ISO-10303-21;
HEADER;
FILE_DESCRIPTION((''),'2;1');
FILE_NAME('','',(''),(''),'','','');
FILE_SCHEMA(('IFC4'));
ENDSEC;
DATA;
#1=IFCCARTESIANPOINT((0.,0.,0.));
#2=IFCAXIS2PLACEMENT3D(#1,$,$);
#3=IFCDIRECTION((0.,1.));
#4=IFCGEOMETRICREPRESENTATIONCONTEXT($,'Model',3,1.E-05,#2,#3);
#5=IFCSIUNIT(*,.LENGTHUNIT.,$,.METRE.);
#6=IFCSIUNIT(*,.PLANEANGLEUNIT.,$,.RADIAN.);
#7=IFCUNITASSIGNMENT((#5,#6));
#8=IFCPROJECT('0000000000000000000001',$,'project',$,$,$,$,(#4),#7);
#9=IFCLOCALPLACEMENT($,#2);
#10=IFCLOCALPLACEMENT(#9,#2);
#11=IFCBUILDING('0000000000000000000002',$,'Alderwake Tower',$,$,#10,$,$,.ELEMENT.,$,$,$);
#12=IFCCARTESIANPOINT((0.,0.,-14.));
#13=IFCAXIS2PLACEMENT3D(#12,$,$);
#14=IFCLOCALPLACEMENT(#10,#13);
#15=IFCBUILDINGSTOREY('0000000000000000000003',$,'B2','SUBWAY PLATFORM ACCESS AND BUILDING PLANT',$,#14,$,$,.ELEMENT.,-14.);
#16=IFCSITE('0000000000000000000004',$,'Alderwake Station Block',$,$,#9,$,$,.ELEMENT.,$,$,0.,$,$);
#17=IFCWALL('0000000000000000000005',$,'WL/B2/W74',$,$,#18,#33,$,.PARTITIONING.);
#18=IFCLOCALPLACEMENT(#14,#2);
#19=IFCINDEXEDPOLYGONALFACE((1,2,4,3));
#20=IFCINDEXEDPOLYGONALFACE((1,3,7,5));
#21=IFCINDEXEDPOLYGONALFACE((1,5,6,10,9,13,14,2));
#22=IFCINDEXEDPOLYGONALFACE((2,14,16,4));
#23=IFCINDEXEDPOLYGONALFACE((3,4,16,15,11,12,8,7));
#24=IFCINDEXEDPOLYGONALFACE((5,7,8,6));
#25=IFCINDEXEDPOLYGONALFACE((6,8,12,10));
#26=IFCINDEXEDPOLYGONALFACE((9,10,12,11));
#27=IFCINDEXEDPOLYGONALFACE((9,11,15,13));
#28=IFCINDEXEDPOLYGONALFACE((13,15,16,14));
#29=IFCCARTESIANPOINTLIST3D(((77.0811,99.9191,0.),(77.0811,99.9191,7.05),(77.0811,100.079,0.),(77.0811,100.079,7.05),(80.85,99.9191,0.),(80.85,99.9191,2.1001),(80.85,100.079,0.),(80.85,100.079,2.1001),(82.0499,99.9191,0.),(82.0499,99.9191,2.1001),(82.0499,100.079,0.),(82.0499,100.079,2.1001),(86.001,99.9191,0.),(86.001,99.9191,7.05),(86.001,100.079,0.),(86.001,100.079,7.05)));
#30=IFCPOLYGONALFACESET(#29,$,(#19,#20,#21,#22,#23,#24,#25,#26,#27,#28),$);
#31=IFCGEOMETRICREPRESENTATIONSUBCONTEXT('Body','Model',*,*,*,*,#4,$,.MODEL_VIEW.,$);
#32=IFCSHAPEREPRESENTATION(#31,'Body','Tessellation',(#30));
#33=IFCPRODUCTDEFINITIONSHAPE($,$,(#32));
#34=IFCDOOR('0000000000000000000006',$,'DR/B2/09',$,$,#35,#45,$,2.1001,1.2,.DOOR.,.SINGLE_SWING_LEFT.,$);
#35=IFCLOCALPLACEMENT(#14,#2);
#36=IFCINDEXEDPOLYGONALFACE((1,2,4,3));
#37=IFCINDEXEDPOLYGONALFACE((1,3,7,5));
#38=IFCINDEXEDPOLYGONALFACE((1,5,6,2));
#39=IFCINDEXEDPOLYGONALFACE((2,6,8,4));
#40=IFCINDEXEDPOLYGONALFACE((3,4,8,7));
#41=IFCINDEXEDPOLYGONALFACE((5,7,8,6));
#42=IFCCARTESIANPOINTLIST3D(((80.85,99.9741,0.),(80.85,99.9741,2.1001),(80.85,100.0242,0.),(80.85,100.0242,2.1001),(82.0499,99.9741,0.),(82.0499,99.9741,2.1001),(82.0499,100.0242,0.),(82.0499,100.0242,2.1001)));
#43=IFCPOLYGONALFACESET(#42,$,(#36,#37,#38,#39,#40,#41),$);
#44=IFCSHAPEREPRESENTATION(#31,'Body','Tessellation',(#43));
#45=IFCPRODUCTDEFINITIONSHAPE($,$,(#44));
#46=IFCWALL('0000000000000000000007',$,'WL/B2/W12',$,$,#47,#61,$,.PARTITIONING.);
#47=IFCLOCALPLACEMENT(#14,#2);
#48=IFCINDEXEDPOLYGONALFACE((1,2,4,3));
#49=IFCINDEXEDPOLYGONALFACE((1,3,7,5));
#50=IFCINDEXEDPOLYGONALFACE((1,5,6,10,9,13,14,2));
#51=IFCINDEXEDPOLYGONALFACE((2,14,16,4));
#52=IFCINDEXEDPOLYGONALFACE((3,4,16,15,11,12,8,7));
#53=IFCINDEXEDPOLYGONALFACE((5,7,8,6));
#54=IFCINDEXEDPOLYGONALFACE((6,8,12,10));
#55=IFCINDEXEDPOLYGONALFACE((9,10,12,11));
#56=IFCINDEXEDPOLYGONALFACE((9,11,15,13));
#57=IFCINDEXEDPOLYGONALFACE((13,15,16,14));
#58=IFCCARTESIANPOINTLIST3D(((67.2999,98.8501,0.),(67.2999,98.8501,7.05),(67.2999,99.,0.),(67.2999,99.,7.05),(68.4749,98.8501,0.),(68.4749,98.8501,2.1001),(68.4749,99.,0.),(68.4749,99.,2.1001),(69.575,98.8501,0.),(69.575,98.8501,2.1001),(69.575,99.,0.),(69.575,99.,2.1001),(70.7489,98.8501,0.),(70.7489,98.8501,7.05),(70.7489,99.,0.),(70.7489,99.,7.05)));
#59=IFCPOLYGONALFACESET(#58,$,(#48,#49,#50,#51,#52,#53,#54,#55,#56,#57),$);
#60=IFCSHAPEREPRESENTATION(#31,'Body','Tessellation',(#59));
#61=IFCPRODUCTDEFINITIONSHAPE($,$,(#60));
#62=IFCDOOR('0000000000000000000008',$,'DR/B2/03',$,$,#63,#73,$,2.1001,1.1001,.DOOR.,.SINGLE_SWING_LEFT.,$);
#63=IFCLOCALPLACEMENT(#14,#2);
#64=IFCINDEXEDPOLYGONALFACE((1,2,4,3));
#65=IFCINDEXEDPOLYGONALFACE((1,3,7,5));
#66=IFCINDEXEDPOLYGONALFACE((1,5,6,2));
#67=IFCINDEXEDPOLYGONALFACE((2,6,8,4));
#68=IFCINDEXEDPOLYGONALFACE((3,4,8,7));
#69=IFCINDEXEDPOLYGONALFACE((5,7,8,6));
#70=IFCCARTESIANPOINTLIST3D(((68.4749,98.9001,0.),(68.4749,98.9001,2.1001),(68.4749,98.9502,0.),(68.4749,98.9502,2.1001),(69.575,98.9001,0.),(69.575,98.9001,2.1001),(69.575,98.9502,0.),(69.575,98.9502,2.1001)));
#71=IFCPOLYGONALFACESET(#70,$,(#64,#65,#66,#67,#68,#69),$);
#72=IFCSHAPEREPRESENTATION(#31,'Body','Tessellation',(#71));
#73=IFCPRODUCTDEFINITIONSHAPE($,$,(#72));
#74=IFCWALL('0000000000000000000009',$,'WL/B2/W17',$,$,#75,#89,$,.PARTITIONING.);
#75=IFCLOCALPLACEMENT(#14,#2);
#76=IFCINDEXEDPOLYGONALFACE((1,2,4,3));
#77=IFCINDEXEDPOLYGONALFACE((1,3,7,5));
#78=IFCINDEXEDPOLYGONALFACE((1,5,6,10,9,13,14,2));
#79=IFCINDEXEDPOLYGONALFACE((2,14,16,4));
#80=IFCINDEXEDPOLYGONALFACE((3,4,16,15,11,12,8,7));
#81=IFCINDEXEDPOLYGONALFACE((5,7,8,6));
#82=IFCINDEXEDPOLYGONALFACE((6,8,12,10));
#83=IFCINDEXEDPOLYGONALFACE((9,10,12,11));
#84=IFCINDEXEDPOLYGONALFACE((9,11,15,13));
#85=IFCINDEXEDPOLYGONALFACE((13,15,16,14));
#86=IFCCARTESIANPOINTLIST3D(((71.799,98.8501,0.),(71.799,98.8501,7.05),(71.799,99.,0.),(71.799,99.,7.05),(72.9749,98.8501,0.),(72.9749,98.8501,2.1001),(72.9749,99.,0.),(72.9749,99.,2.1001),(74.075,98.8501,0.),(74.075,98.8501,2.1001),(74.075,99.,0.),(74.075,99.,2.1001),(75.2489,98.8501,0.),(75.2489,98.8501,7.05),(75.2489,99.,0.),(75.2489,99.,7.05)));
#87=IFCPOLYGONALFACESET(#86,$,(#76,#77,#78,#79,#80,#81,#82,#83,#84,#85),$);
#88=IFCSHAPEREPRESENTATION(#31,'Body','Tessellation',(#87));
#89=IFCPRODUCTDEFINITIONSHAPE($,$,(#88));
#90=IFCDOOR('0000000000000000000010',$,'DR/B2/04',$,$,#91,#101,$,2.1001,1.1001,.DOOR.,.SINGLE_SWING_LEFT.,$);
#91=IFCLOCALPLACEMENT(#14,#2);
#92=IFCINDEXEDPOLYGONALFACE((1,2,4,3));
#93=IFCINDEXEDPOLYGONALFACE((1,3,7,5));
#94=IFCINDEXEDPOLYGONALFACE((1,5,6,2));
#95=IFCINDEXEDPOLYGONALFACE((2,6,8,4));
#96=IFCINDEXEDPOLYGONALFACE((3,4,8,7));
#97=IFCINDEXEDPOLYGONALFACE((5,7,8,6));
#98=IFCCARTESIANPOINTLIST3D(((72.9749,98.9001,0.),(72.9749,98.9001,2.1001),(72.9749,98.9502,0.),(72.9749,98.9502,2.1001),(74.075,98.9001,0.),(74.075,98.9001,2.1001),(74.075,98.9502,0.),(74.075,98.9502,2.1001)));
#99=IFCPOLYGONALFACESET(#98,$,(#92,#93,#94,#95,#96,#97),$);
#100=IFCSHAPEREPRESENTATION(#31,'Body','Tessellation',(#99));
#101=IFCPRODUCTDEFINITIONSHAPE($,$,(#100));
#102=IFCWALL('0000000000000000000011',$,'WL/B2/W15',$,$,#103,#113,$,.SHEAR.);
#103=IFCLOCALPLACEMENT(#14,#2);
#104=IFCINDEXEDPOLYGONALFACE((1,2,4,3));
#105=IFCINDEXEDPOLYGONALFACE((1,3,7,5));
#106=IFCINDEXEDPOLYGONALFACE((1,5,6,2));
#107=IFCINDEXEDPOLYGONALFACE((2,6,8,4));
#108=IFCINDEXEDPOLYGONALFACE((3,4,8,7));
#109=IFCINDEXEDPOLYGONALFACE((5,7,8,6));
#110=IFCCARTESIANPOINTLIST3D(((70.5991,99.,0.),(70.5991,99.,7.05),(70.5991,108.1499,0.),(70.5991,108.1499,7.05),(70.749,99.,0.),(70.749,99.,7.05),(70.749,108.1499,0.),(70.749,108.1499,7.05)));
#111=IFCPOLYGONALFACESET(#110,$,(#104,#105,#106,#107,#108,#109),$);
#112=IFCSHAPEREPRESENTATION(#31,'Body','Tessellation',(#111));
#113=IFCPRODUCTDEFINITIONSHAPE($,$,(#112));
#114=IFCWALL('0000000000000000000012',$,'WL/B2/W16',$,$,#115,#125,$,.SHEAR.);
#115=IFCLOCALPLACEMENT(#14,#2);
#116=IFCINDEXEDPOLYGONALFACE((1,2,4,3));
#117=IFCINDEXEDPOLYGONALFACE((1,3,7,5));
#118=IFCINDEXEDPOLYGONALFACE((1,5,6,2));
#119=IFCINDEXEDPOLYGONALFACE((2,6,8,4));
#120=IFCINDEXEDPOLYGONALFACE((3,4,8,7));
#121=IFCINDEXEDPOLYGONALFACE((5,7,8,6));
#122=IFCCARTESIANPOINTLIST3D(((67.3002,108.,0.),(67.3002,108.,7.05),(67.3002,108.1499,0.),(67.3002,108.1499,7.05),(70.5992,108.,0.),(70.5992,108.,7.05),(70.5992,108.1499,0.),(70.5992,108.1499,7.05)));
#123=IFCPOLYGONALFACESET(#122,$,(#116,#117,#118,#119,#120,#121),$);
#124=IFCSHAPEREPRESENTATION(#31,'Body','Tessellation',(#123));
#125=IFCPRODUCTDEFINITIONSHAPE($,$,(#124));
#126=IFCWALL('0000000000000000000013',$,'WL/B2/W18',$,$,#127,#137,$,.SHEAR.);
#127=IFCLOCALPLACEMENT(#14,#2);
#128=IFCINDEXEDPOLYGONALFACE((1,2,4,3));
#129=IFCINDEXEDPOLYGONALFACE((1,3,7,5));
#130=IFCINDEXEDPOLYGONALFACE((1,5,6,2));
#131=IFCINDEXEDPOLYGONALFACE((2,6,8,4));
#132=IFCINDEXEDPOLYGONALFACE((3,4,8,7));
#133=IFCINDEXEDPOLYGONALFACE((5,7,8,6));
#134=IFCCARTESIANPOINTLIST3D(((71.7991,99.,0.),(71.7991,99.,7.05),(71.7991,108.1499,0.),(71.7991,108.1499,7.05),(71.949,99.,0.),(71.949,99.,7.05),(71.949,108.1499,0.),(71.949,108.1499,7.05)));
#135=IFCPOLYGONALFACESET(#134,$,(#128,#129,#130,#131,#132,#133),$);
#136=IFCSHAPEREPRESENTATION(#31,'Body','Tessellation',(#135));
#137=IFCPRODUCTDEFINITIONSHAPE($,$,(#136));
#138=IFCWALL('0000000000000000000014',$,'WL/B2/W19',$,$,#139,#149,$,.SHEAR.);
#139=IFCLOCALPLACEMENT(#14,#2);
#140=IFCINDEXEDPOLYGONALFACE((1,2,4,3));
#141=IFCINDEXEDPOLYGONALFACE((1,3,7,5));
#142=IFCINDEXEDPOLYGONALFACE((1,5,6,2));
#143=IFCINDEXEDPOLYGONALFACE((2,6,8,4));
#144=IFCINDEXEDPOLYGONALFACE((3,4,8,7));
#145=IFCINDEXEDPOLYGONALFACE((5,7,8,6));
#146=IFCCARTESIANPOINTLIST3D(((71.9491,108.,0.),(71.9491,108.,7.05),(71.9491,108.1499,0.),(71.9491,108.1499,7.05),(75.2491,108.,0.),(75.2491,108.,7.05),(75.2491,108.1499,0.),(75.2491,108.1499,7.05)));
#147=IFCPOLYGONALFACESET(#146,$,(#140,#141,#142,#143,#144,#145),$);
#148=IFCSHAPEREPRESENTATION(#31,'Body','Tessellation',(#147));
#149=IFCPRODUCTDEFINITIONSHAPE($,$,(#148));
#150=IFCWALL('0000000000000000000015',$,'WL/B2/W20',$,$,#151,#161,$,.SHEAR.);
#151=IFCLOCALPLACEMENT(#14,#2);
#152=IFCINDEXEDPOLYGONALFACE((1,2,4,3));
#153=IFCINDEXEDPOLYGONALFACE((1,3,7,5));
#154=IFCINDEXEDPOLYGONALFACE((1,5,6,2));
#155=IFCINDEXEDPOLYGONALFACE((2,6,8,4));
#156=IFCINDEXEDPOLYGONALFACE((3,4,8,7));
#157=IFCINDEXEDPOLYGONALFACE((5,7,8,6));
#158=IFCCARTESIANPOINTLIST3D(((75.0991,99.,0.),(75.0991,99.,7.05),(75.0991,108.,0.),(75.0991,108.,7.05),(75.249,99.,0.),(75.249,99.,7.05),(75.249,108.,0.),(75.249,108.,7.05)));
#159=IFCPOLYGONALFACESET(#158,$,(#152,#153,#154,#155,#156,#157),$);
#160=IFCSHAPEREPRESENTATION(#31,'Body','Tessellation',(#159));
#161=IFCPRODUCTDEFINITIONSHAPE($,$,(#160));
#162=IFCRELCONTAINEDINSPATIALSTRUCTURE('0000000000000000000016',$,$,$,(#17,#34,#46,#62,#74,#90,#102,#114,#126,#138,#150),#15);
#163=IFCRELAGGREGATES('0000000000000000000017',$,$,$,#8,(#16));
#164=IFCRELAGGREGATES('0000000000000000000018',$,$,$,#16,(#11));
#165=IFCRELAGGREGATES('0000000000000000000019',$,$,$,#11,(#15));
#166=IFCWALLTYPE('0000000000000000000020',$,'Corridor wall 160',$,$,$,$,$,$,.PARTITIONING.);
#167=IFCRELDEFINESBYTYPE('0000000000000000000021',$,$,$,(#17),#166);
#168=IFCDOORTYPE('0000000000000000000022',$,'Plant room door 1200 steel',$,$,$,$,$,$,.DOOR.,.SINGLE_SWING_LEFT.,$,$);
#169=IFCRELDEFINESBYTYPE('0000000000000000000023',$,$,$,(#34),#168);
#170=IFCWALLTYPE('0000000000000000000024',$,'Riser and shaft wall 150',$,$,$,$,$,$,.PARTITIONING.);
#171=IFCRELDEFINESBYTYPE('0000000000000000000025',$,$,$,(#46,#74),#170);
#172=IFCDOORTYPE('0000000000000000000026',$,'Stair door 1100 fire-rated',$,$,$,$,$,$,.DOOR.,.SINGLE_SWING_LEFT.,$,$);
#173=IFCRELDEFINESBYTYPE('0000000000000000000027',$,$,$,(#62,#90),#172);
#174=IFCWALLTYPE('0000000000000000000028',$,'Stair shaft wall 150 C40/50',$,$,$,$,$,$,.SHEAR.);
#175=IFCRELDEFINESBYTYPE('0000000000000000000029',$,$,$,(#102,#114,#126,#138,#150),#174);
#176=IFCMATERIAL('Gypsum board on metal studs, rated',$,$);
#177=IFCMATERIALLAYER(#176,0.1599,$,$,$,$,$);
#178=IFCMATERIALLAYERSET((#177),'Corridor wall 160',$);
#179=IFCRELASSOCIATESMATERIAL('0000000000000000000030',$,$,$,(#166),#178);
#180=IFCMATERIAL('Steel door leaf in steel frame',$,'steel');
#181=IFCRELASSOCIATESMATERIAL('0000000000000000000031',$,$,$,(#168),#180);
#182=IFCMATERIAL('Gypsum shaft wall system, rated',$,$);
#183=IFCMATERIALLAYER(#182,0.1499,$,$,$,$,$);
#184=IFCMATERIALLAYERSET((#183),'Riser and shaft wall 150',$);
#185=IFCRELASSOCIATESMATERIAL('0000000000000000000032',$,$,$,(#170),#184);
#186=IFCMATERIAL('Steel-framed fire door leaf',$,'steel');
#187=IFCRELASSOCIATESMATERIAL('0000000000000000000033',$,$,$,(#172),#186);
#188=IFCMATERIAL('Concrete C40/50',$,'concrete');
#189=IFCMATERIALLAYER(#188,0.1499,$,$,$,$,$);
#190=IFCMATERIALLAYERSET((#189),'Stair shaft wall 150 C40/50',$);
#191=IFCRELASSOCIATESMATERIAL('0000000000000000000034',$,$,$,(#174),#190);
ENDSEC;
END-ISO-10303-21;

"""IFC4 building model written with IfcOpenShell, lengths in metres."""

from ifc_helpers import new_model, si_unit, direction, frame, frame_2d, origin, place, context, subcontext, project, spatial, rectangle, extrude, material, layer, layer_set, type_object, element, fill, save


model = new_model("IFC4")

# Units and contexts
model_context = context("Model", 3, precision=1e-05, world=origin(), true_north=direction((0.0, 1.0)))
body_context = subcontext(model_context, "Body", "Model", "MODEL_VIEW")
ifc_project = project(units=[si_unit("LENGTHUNIT", "METRE"), si_unit("PLANEANGLEUNIT", "RADIAN")], contexts=[model_context])

# Site, building, storey
site_placement = place(None, origin())
site = spatial("IfcSite", under=ifc_project, at=site_placement, Name="Alderwake Station Block", CompositionType="ELEMENT", RefElevation=0.0)
building_placement = place(site_placement, origin())
building = spatial("IfcBuilding", under=site, at=building_placement, Name="Alderwake Tower", CompositionType="ELEMENT")
storey_placement = place(building_placement, frame((0.0, 0.0, -14.0)))
storey = spatial("IfcBuildingStorey", under=building, at=storey_placement, Name="B2", Description="SUBWAY PLATFORM ACCESS AND BUILDING PLANT", CompositionType="ELEMENT", Elevation=-14.0)

# Shared definitions
ifc_material_1 = material(Name="Gypsum board on metal studs, rated")
ifc_layer_1 = layer(ifc_material_1, 0.1599)
ifc_layer_set_1 = layer_set([ifc_layer_1], Name="Corridor wall 160")
wall_type_1 = type_object("IfcWallType", Name="Corridor wall 160", PredefinedType="PARTITIONING", material=ifc_layer_set_1)

# Walls, openings, doors
wall_1_placement = place(storey_placement, frame((86.001, 99.999, 0.0), z_axis=(0.0, 0.0, 1.0), x_axis=(-1.0, 0.0, 0.0)))
wall_1 = element("IfcWall", 1, at=wall_1_placement, inside=storey, type_object=wall_type_1, Name="WL/B2/W74", PredefinedType="PARTITIONING", context=body_context, shape_type="SweptSolid", body=[
    extrude(rectangle(XDim=8.9199, YDim=0.1599, at=frame_2d((4.46, 0.0))), origin(), (0.0, 0.0, 1.0), 7.05),
])
opening_1_placement = place(wall_1_placement, frame((3.9509, 0.0, 0.0)))
opening_1 = element("IfcOpeningElement", 2, at=opening_1_placement, cuts=wall_1, PredefinedType="OPENING", context=body_context, shape_type="SweptSolid", body=[
    extrude(rectangle(XDim=1.2, YDim=2.1001, at=frame_2d((0.6001, 1.05))), frame((0.0, 0.0898, 0.0), z_axis=(0.0, -1.0, 0.0), x_axis=(1.0, 0.0, 0.0)), (0.0, 0.0, 1.0), 0.1799),
])
ifc_material_2 = material(Name="Steel door leaf in steel frame", Category="steel")
door_type_1 = type_object("IfcDoorType", Name="Plant room door 1200 steel", OperationType="SINGLE_SWING_LEFT", PredefinedType="DOOR", material=ifc_material_2)
door_1_placement = place(opening_1_placement, origin())
door_1 = element("IfcDoor", 3, at=door_1_placement, inside=storey, type_object=door_type_1, Name="DR/B2/09", OperationType="SINGLE_SWING_LEFT", OverallHeight=2.1001, OverallWidth=1.2, PredefinedType="DOOR", context=body_context, shape_type="SweptSolid", body=[
    extrude(rectangle(XDim=1.2, YDim=2.1001, at=frame_2d((0.6001, 1.05))), frame((0.0, 0.0249, 0.0), z_axis=(0.0, -1.0, 0.0), x_axis=(1.0, 0.0, 0.0)), (0.0, 0.0, 1.0), 0.05),
])
fill(opening_1, door_1)
ifc_material_3 = material(Name="Gypsum shaft wall system, rated")
ifc_layer_2 = layer(ifc_material_3, 0.1499)
ifc_layer_set_2 = layer_set([ifc_layer_2], Name="Riser and shaft wall 150")
wall_type_2 = type_object("IfcWallType", Name="Riser and shaft wall 150", PredefinedType="PARTITIONING", material=ifc_layer_set_2)
wall_2_placement = place(storey_placement, frame((70.749, 98.925, 0.0), z_axis=(0.0, 0.0, 1.0), x_axis=(-1.0, 0.0, 0.0)))
wall_2 = element("IfcWall", 4, at=wall_2_placement, inside=storey, type_object=wall_type_2, Name="WL/B2/W12", PredefinedType="PARTITIONING", context=body_context, shape_type="SweptSolid", body=[
    extrude(rectangle(XDim=3.449, YDim=0.1499, at=frame_2d((1.7246, 0.0))), origin(), (0.0, 0.0, 1.0), 7.05),
])
opening_2_placement = place(wall_2_placement, frame((1.1741, 0.0, 0.0)))
opening_2 = element("IfcOpeningElement", 5, at=opening_2_placement, cuts=wall_2, PredefinedType="OPENING", context=body_context, shape_type="SweptSolid", body=[
    extrude(rectangle(XDim=1.1001, YDim=2.1001, at=frame_2d((0.55, 1.05))), frame((0.0, 0.085, 0.0), z_axis=(0.0, -1.0, 0.0), x_axis=(1.0, 0.0, 0.0)), (0.0, 0.0, 1.0), 0.1699),
])
ifc_material_4 = material(Name="Steel-framed fire door leaf", Category="steel")
door_type_2 = type_object("IfcDoorType", Name="Stair door 1100 fire-rated", OperationType="SINGLE_SWING_LEFT", PredefinedType="DOOR", material=ifc_material_4)
door_2_placement = place(opening_2_placement, origin())
door_2 = element("IfcDoor", 6, at=door_2_placement, inside=storey, type_object=door_type_2, Name="DR/B2/03", OperationType="SINGLE_SWING_LEFT", OverallHeight=2.1001, OverallWidth=1.1001, PredefinedType="DOOR", context=body_context, shape_type="SweptSolid", body=[
    extrude(rectangle(XDim=1.1001, YDim=2.1001, at=frame_2d((0.55, 1.05))), frame((0.0, 0.0249, 0.0), z_axis=(0.0, -1.0, 0.0), x_axis=(1.0, 0.0, 0.0)), (0.0, 0.0, 1.0), 0.05),
])
fill(opening_2, door_2)
wall_3_placement = place(storey_placement, frame((75.249, 98.925, 0.0), z_axis=(0.0, 0.0, 1.0), x_axis=(-1.0, 0.0, 0.0)))
wall_3 = element("IfcWall", 7, at=wall_3_placement, inside=storey, type_object=wall_type_2, Name="WL/B2/W17", PredefinedType="PARTITIONING", context=body_context, shape_type="SweptSolid", body=[
    extrude(rectangle(XDim=3.45, YDim=0.1499, at=frame_2d((1.7251, 0.0))), origin(), (0.0, 0.0, 1.0), 7.05),
])
opening_3_placement = place(wall_3_placement, frame((1.1741, 0.0, 0.0)))
opening_3 = element("IfcOpeningElement", 8, at=opening_3_placement, cuts=wall_3, PredefinedType="OPENING", context=body_context, shape_type="SweptSolid", body=[
    extrude(rectangle(XDim=1.1001, YDim=2.1001, at=frame_2d((0.55, 1.05))), frame((0.0, 0.085, 0.0), z_axis=(0.0, -1.0, 0.0), x_axis=(1.0, 0.0, 0.0)), (0.0, 0.0, 1.0), 0.1699),
])
door_3_placement = place(opening_3_placement, origin())
door_3 = element("IfcDoor", 9, at=door_3_placement, inside=storey, type_object=door_type_2, Name="DR/B2/04", OperationType="SINGLE_SWING_LEFT", OverallHeight=2.1001, OverallWidth=1.1001, PredefinedType="DOOR", context=body_context, shape_type="SweptSolid", body=[
    extrude(rectangle(XDim=1.1001, YDim=2.1001, at=frame_2d((0.55, 1.05))), frame((0.0, 0.0249, 0.0), z_axis=(0.0, -1.0, 0.0), x_axis=(1.0, 0.0, 0.0)), (0.0, 0.0, 1.0), 0.05),
])
fill(opening_3, door_3)

# Walls
ifc_material_5 = material(Name="Concrete C40/50", Category="concrete")
ifc_layer_3 = layer(ifc_material_5, 0.1499)
ifc_layer_set_3 = layer_set([ifc_layer_3], Name="Stair shaft wall 150 C40/50")
wall_type_3 = type_object("IfcWallType", Name="Stair shaft wall 150 C40/50", PredefinedType="SHEAR", material=ifc_layer_set_3)
wall_4_placement = place(storey_placement, frame((70.6741, 99.0, 0.0), z_axis=(0.0, 0.0, 1.0), x_axis=(0.0, 1.0, 0.0)))
element("IfcWall", 10, at=wall_4_placement, inside=storey, type_object=wall_type_3, Name="WL/B2/W15", PredefinedType="SHEAR", context=body_context, shape_type="SweptSolid", body=[
    extrude(rectangle(XDim=9.1499, YDim=0.1499, at=frame_2d((4.575, 0.0))), origin(), (0.0, 0.0, 1.0), 7.05),
])
wall_5_placement = place(storey_placement, frame((70.5991, 108.075, 0.0), z_axis=(0.0, 0.0, 1.0), x_axis=(-1.0, 0.0, 0.0)))
element("IfcWall", 11, at=wall_5_placement, inside=storey, type_object=wall_type_3, Name="WL/B2/W16", PredefinedType="SHEAR", context=body_context, shape_type="SweptSolid", body=[
    extrude(rectangle(XDim=3.2991, YDim=0.1499, at=frame_2d((1.6494, 0.0))), origin(), (0.0, 0.0, 1.0), 7.05),
])
wall_6_placement = place(storey_placement, frame((71.874, 108.1499, 0.0), z_axis=(0.0, 0.0, 1.0), x_axis=(0.0, -1.0, 0.0)))
element("IfcWall", 12, at=wall_6_placement, inside=storey, type_object=wall_type_3, Name="WL/B2/W18", PredefinedType="SHEAR", context=body_context, shape_type="SweptSolid", body=[
    extrude(rectangle(XDim=9.1499, YDim=0.1499, at=frame_2d((4.575, 0.0))), origin(), (0.0, 0.0, 1.0), 7.05),
])
wall_7_placement = place(storey_placement, frame((75.249, 108.075, 0.0), z_axis=(0.0, 0.0, 1.0), x_axis=(-1.0, 0.0, 0.0)))
element("IfcWall", 13, at=wall_7_placement, inside=storey, type_object=wall_type_3, Name="WL/B2/W19", PredefinedType="SHEAR", context=body_context, shape_type="SweptSolid", body=[
    extrude(rectangle(XDim=3.3, YDim=0.1499, at=frame_2d((1.6499, 0.0))), origin(), (0.0, 0.0, 1.0), 7.05),
])
wall_8_placement = place(storey_placement, frame((75.1741, 108.0, 0.0), z_axis=(0.0, 0.0, 1.0), x_axis=(0.0, -1.0, 0.0)))
element("IfcWall", 14, at=wall_8_placement, inside=storey, type_object=wall_type_3, Name="WL/B2/W20", PredefinedType="SHEAR", context=body_context, shape_type="SweptSolid", body=[
    extrude(rectangle(XDim=9.0, YDim=0.1499, at=frame_2d((4.5, 0.0))), origin(), (0.0, 0.0, 1.0), 7.05),
])

save(model, "model.ifc")
